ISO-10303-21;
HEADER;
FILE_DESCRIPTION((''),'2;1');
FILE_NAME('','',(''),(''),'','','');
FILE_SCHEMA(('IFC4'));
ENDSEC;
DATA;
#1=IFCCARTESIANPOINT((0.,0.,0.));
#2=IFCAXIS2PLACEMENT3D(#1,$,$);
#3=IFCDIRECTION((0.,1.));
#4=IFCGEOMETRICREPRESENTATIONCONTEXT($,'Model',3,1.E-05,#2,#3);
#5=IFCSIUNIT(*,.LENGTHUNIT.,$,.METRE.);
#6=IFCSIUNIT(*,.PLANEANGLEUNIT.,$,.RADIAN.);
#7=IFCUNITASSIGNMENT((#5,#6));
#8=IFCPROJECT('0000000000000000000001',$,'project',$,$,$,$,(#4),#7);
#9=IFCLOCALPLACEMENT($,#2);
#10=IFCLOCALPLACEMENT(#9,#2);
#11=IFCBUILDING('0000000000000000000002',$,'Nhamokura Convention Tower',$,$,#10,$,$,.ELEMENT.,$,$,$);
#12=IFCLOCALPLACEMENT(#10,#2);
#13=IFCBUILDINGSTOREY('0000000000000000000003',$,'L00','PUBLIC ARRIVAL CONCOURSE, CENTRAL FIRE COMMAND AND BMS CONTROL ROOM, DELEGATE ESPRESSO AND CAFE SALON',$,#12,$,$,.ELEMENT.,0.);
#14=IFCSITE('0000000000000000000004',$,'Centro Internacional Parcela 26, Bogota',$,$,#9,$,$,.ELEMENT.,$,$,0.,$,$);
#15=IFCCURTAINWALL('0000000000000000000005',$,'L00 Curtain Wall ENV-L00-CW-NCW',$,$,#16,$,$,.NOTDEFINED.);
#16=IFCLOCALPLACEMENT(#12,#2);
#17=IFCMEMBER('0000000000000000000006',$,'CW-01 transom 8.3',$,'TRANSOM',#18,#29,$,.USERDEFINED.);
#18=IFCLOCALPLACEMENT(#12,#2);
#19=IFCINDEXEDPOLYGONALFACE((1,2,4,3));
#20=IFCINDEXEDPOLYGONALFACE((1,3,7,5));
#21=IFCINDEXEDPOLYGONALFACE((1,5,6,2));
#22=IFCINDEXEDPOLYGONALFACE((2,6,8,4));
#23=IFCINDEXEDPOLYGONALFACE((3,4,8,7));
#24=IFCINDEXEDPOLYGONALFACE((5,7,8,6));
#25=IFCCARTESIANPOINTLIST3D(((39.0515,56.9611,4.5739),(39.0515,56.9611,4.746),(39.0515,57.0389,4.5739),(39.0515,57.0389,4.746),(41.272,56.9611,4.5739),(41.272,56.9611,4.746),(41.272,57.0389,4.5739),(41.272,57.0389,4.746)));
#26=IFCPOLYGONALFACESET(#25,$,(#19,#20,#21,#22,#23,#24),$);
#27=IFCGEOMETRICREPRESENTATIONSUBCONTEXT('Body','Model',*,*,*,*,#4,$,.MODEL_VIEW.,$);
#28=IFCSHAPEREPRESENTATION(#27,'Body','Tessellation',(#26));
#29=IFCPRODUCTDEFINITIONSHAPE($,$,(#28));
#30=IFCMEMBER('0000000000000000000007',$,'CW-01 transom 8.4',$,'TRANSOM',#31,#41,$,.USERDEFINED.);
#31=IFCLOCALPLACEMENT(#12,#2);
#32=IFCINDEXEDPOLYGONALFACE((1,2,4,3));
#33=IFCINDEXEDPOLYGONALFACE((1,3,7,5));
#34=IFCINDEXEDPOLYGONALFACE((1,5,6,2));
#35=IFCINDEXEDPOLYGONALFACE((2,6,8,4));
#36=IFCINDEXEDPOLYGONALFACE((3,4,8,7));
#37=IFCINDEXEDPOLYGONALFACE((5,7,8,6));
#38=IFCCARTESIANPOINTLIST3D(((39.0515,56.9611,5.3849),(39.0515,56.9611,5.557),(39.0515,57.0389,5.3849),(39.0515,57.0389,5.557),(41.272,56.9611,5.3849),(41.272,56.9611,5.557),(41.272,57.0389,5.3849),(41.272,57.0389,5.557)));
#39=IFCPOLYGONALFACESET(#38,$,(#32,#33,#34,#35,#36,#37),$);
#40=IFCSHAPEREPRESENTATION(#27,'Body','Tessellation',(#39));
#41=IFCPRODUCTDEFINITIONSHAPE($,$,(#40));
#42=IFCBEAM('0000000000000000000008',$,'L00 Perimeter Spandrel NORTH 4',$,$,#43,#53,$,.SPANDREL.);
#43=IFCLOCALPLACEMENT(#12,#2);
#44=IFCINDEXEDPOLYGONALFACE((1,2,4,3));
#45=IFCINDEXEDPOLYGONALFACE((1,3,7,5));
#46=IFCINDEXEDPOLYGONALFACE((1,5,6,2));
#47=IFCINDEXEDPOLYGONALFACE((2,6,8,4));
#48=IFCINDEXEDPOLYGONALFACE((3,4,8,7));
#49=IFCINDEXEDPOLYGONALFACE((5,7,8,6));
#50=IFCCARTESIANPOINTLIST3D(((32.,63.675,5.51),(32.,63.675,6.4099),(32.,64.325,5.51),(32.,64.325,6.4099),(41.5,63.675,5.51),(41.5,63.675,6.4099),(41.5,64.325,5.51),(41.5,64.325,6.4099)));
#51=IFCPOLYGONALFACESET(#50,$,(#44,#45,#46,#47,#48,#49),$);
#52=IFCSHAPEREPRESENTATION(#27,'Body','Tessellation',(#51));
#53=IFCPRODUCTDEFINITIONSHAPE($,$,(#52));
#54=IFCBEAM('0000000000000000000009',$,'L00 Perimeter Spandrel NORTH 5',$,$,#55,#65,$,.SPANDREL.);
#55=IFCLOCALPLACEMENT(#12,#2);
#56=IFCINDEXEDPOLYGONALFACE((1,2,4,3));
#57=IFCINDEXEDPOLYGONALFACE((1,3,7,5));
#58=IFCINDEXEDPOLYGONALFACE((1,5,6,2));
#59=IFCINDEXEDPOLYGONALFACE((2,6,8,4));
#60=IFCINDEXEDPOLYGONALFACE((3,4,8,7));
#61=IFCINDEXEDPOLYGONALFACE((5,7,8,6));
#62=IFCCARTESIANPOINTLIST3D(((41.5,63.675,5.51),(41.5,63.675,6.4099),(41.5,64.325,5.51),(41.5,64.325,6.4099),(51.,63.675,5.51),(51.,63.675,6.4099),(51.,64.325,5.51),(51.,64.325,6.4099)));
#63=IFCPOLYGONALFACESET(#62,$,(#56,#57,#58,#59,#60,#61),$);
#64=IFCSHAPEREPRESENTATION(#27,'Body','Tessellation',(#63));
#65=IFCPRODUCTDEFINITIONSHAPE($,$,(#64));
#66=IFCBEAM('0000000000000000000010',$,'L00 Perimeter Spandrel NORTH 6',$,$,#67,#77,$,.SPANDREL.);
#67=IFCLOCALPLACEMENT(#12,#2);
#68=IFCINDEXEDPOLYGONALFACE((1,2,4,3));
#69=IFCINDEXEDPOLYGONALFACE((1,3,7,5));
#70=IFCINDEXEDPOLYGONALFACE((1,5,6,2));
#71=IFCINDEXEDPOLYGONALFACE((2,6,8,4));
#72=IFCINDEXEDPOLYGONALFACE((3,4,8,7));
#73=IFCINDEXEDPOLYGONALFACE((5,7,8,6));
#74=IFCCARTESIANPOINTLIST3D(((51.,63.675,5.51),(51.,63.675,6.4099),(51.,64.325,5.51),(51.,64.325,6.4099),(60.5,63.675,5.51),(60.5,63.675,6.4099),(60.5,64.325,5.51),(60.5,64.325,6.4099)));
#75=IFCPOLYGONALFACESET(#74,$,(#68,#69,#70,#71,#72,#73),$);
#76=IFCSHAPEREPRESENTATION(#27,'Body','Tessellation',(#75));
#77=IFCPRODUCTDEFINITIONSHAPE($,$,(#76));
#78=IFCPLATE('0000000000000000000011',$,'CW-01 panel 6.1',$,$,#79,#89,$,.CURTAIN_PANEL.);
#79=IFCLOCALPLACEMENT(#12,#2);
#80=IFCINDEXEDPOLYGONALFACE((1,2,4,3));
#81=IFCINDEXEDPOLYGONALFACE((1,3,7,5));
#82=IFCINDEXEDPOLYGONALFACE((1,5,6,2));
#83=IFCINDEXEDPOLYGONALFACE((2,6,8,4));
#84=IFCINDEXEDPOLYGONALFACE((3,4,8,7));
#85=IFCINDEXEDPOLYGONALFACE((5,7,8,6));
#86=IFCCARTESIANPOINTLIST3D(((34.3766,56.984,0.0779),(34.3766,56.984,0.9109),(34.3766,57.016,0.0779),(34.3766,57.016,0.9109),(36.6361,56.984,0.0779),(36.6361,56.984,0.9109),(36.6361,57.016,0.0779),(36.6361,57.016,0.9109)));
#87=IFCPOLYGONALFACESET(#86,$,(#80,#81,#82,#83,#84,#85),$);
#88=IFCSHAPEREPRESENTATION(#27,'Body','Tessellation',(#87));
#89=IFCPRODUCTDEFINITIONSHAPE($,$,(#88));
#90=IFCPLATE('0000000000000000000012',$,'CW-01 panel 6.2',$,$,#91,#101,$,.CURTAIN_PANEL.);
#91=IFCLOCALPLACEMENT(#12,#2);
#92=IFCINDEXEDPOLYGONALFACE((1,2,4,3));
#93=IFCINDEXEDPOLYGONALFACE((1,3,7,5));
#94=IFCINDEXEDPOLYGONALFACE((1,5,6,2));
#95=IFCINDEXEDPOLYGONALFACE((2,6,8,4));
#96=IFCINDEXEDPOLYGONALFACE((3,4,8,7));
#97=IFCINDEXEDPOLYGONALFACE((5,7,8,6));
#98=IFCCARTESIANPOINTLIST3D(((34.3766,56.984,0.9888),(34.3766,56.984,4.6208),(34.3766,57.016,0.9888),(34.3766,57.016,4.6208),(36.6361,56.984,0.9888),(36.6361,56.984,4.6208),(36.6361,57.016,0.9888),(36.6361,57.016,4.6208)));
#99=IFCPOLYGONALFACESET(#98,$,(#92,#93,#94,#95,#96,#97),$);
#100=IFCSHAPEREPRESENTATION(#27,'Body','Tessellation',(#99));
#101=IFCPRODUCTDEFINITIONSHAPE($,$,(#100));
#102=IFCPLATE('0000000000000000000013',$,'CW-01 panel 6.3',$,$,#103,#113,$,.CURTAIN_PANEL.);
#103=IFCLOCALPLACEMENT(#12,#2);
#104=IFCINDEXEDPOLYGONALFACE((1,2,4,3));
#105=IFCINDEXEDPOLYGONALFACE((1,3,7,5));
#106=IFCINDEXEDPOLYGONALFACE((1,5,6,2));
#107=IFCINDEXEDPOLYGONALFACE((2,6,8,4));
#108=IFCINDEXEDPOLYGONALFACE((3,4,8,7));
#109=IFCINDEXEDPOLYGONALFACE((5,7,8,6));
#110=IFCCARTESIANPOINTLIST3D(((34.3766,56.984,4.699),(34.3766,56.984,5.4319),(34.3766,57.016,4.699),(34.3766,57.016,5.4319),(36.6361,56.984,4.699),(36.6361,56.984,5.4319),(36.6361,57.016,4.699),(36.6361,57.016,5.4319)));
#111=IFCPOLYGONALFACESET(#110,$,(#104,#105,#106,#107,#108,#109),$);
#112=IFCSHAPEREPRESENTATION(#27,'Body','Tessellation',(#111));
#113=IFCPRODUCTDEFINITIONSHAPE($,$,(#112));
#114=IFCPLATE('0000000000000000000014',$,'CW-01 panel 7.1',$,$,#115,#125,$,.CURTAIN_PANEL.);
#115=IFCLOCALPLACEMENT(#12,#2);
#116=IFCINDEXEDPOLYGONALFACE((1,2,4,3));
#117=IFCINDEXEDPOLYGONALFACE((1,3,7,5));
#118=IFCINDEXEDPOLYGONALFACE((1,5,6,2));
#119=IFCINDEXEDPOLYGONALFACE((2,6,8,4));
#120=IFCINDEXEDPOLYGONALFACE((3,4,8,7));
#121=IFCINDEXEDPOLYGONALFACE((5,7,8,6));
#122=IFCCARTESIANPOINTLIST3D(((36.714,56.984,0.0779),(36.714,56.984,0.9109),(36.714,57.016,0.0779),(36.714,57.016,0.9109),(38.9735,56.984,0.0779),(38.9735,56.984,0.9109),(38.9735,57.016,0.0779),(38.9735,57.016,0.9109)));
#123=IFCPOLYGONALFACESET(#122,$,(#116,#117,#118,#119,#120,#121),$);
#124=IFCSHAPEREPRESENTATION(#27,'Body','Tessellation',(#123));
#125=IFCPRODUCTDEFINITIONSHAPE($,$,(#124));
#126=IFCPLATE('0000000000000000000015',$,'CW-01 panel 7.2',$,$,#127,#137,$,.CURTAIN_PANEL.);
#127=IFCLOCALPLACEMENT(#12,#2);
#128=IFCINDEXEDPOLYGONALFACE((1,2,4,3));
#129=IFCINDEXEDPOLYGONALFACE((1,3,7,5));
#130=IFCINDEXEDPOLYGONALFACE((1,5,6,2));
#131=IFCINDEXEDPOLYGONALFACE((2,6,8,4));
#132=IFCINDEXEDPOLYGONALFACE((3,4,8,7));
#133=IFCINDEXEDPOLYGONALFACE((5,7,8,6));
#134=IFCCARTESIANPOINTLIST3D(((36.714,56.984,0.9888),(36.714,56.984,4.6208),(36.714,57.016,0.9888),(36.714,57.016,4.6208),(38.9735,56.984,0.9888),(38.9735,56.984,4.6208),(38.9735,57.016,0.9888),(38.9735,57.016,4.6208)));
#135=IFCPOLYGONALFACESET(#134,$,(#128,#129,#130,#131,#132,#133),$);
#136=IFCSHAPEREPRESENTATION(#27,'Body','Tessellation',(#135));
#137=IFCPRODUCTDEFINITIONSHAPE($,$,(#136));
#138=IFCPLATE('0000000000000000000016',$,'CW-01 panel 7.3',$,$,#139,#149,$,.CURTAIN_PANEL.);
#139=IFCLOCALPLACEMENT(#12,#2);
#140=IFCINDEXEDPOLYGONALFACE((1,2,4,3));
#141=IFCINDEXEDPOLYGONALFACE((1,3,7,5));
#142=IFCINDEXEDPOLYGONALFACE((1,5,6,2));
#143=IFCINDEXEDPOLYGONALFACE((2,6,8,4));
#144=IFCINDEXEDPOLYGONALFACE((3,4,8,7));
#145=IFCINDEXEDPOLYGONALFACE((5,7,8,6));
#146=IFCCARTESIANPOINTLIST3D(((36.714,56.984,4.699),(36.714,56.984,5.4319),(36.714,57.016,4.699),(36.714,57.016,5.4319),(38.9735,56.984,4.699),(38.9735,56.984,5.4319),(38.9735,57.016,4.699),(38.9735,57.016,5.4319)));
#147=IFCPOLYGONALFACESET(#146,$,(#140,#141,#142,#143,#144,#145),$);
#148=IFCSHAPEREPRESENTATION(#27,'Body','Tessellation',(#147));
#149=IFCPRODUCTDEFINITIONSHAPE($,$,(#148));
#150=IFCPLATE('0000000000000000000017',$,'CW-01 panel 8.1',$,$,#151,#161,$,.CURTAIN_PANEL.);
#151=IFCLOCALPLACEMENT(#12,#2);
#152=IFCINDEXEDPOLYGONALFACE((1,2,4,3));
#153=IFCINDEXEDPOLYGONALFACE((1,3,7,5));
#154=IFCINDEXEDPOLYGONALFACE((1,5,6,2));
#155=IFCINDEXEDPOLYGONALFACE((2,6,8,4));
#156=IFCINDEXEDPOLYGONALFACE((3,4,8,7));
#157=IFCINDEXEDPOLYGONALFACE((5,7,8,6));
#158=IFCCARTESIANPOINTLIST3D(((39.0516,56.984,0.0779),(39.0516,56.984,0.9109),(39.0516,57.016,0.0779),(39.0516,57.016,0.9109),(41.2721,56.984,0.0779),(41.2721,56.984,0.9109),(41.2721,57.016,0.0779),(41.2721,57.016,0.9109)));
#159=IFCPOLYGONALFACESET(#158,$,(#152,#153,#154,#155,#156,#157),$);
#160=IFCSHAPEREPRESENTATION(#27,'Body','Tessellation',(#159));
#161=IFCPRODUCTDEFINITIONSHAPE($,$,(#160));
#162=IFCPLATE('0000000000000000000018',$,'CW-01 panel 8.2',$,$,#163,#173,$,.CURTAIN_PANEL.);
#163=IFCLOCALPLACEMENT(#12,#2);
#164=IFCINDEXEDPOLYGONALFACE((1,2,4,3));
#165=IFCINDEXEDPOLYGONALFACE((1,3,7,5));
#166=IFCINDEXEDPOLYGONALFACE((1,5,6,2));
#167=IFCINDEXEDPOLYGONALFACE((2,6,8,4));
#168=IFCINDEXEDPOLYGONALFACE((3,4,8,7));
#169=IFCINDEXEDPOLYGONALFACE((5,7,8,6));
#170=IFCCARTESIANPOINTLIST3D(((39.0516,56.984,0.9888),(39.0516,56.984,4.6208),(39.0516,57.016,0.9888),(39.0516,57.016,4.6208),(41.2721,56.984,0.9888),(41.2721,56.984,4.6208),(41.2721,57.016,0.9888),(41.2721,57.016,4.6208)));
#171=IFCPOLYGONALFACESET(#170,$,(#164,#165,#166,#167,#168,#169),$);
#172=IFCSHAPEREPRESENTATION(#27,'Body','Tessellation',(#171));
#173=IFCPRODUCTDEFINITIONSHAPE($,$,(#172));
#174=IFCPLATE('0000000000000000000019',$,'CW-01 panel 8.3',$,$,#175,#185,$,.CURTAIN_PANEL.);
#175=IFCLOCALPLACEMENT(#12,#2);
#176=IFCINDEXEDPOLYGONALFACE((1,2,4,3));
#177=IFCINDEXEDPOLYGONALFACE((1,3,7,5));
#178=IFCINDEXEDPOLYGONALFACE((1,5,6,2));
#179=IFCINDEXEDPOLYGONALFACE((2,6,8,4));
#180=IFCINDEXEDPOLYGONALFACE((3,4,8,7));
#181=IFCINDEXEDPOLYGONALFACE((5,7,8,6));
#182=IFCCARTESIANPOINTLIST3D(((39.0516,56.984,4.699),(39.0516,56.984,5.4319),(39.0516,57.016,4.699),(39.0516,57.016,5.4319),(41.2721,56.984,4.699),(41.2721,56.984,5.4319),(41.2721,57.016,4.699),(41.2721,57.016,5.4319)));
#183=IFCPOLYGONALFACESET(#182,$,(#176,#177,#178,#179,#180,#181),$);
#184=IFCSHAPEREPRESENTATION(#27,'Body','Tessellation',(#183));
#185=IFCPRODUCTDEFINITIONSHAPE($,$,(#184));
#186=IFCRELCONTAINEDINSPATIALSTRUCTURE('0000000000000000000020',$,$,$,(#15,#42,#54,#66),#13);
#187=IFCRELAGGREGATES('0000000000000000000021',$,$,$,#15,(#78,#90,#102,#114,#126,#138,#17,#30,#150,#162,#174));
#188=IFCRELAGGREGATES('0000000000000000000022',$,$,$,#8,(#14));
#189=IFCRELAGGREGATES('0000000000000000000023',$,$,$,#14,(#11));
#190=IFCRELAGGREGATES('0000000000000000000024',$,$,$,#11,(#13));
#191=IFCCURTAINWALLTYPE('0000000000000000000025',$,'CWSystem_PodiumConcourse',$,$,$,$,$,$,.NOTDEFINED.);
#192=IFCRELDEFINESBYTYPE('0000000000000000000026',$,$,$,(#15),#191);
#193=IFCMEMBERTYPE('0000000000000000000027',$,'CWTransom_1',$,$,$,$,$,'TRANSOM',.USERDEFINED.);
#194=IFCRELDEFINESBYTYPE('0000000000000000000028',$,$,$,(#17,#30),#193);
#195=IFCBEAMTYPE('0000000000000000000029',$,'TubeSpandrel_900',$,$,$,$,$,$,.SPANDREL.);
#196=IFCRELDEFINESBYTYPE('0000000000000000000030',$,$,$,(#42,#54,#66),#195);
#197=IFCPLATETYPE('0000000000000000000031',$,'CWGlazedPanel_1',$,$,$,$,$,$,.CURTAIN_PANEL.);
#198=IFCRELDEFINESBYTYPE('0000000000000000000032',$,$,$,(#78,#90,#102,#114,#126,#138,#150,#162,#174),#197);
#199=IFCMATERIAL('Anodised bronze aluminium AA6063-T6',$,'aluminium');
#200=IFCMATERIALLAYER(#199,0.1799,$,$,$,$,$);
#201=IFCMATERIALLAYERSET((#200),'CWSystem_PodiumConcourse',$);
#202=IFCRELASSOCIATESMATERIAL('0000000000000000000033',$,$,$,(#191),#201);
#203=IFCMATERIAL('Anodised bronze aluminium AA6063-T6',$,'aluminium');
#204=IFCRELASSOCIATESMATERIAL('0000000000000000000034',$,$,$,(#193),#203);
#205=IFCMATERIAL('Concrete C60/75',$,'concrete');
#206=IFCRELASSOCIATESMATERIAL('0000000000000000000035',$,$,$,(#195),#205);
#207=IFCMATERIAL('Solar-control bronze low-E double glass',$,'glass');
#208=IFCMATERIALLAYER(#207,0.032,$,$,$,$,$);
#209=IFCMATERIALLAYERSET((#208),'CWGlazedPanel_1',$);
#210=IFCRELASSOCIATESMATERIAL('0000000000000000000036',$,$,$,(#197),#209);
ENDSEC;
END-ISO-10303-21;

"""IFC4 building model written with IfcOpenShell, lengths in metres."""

from ifc_helpers import new_model, si_unit, direction, frame, origin, origin_2d, place, context, subcontext, project, spatial, rectangle, extrude, material, layer, layer_set, material_profile, profile_set, type_object, element, aggregate, save


model = new_model("IFC4")

# Units and contexts
model_context = context("Model", 3, precision=1e-05, world=origin(), true_north=direction((0.0, 1.0)))
body_context = subcontext(model_context, "Body", "Model", "MODEL_VIEW")
ifc_project = project(units=[si_unit("LENGTHUNIT", "METRE"), si_unit("PLANEANGLEUNIT", "RADIAN")], contexts=[model_context])

# Site, building, storey
site_placement = place(None, origin())
site = spatial("IfcSite", under=ifc_project, at=site_placement, Name="Centro Internacional Parcela 26, Bogota", CompositionType="ELEMENT", RefElevation=0.0)
building_placement = place(site_placement, origin())
building = spatial("IfcBuilding", under=site, at=building_placement, Name="Nhamokura Convention Tower", CompositionType="ELEMENT")
storey_placement = place(building_placement, origin())
storey = spatial("IfcBuildingStorey", under=building, at=storey_placement, Name="L00", Description="PUBLIC ARRIVAL CONCOURSE, CENTRAL FIRE COMMAND AND BMS CONTROL ROOM, DELEGATE ESPRESSO AND CAFE SALON", CompositionType="ELEMENT", Elevation=0.0)

# Curtain wall, members
ifc_material_1 = material(Name="Anodised bronze aluminium AA6063-T6", Category="aluminium")
ifc_layer_1 = layer(ifc_material_1, 0.1799)
ifc_layer_set_1 = layer_set([ifc_layer_1], Name="CWSystem_PodiumConcourse")
curtain_wall_type = type_object("IfcCurtainWallType", Name="CWSystem_PodiumConcourse", PredefinedType="NOTDEFINED", material=ifc_layer_set_1)
curtain_wall_placement = place(storey_placement, origin())
curtain_wall = element("IfcCurtainWall", 1, at=curtain_wall_placement, inside=storey, type_object=curtain_wall_type, Name="L00 Curtain Wall ENV-L00-CW-NCW", PredefinedType="NOTDEFINED")
ifc_material_2 = material(Name="Anodised bronze aluminium AA6063-T6", Category="aluminium")
ifc_material_profile_1 = material_profile(ifc_material_2, rectangle(XDim=0.0779, YDim=0.1721, at=origin_2d()))
ifc_profile_set_1 = profile_set([ifc_material_profile_1], Name="Anodised bronze aluminium AA6063-T6")
member_type_1 = type_object("IfcMemberType", Name="CWTransom_1", ElementType="TRANSOM", PredefinedType="USERDEFINED", material=ifc_profile_set_1)
member_1_placement = place(storey_placement, frame((39.0515, 57.0, 4.6599), z_axis=(1.0, 0.0, 0.0), x_axis=(0.0, 1.0, 0.0)))
member_1 = element("IfcMember", 2, at=member_1_placement, type_object=member_type_1, Name="CW-01 transom 8.3", ObjectType="TRANSOM", PredefinedType="USERDEFINED", context=body_context, shape_type="SweptSolid", body=[
    extrude(rectangle(XDim=0.0779, YDim=0.1721, at=origin_2d()), origin(), (0.0, 0.0, 1.0), 2.2205),
])
member_2_placement = place(storey_placement, frame((39.0515, 57.0, 5.4709), z_axis=(1.0, 0.0, 0.0), x_axis=(0.0, 1.0, 0.0)))
member_2 = element("IfcMember", 3, at=member_2_placement, type_object=member_type_1, Name="CW-01 transom 8.4", ObjectType="TRANSOM", PredefinedType="USERDEFINED", context=body_context, shape_type="SweptSolid", body=[
    extrude(rectangle(XDim=0.0779, YDim=0.1721, at=origin_2d()), origin(), (0.0, 0.0, 1.0), 2.2205),
])

# Beams
ifc_material_3 = material(Name="Concrete C60/75", Category="concrete")
ifc_material_profile_2 = material_profile(ifc_material_3, rectangle(XDim=0.6499, YDim=0.8999, at=origin_2d()))
ifc_profile_set_2 = profile_set([ifc_material_profile_2], Name="Concrete C60/75")
beam_type = type_object("IfcBeamType", Name="TubeSpandrel_900", PredefinedType="SPANDREL", material=ifc_profile_set_2)
for number, where, z_axis, x_axis, name in (
    (4, (32.0, 64.0, 5.96), (1.0, 0.0, 0.0), (0.0, 1.0, 0.0), "L00 Perimeter Spandrel NORTH 4"),
    (5, (41.5, 64.0, 5.96), (1.0, 0.0, 0.0), (0.0, 1.0, 0.0), "L00 Perimeter Spandrel NORTH 5"),
    (6, (51.0, 64.0, 5.96), (1.0, 0.0, 0.0), (0.0, 1.0, 0.0), "L00 Perimeter Spandrel NORTH 6"),
):
    element("IfcBeam", number, at=place(storey_placement, frame(where, z_axis=z_axis, x_axis=x_axis)), inside=storey, type_object=beam_type, Name=name, PredefinedType="SPANDREL", context=body_context, shape_type="SweptSolid", body=[
        extrude(rectangle(XDim=0.6499, YDim=0.8999, at=origin_2d()), origin(), (0.0, 0.0, 1.0), 9.5),
    ])

# Plates
ifc_material_4 = material(Name="Solar-control bronze low-E double glass", Category="glass")
ifc_layer_2 = layer(ifc_material_4, 0.032)
ifc_layer_set_2 = layer_set([ifc_layer_2], Name="CWGlazedPanel_1")
plate_type = type_object("IfcPlateType", Name="CWGlazedPanel_1", PredefinedType="CURTAIN_PANEL", material=ifc_layer_set_2)
plate_1_placement = place(storey_placement, frame((35.5063, 57.0, 0.0779), z_axis=(0.0, 0.0, 1.0), x_axis=(1.0, 0.0, 0.0)))
plate_1 = element("IfcPlate", 7, at=plate_1_placement, type_object=plate_type, Name="CW-01 panel 6.1", PredefinedType="CURTAIN_PANEL", context=body_context, shape_type="SweptSolid", body=[
    extrude(rectangle(XDim=2.2595, YDim=0.032, at=origin_2d()), origin(), (0.0, 0.0, 1.0), 0.833),
])
plate_2_placement = place(storey_placement, frame((35.5063, 57.0, 0.9888), z_axis=(0.0, 0.0, 1.0), x_axis=(1.0, 0.0, 0.0)))
plate_2 = element("IfcPlate", 8, at=plate_2_placement, type_object=plate_type, Name="CW-01 panel 6.2", PredefinedType="CURTAIN_PANEL", context=body_context, shape_type="SweptSolid", body=[
    extrude(rectangle(XDim=2.2595, YDim=0.032, at=origin_2d()), origin(), (0.0, 0.0, 1.0), 3.6321),
])
plate_3_placement = place(storey_placement, frame((35.5063, 57.0, 4.699), z_axis=(0.0, 0.0, 1.0), x_axis=(1.0, 0.0, 0.0)))
plate_3 = element("IfcPlate", 9, at=plate_3_placement, type_object=plate_type, Name="CW-01 panel 6.3", PredefinedType="CURTAIN_PANEL", context=body_context, shape_type="SweptSolid", body=[
    extrude(rectangle(XDim=2.2595, YDim=0.032, at=origin_2d()), origin(), (0.0, 0.0, 1.0), 0.7329),
])
plate_4_placement = place(storey_placement, frame((37.8438, 57.0, 0.0779), z_axis=(0.0, 0.0, 1.0), x_axis=(1.0, 0.0, 0.0)))
plate_4 = element("IfcPlate", 10, at=plate_4_placement, type_object=plate_type, Name="CW-01 panel 7.1", PredefinedType="CURTAIN_PANEL", context=body_context, shape_type="SweptSolid", body=[
    extrude(rectangle(XDim=2.2595, YDim=0.032, at=origin_2d()), origin(), (0.0, 0.0, 1.0), 0.833),
])
plate_5_placement = place(storey_placement, frame((37.8438, 57.0, 0.9888), z_axis=(0.0, 0.0, 1.0), x_axis=(1.0, 0.0, 0.0)))
plate_5 = element("IfcPlate", 11, at=plate_5_placement, type_object=plate_type, Name="CW-01 panel 7.2", PredefinedType="CURTAIN_PANEL", context=body_context, shape_type="SweptSolid", body=[
    extrude(rectangle(XDim=2.2595, YDim=0.032, at=origin_2d()), origin(), (0.0, 0.0, 1.0), 3.6321),
])
plate_6_placement = place(storey_placement, frame((37.8438, 57.0, 4.699), z_axis=(0.0, 0.0, 1.0), x_axis=(1.0, 0.0, 0.0)))
plate_6 = element("IfcPlate", 12, at=plate_6_placement, type_object=plate_type, Name="CW-01 panel 7.3", PredefinedType="CURTAIN_PANEL", context=body_context, shape_type="SweptSolid", body=[
    extrude(rectangle(XDim=2.2595, YDim=0.032, at=origin_2d()), origin(), (0.0, 0.0, 1.0), 0.7329),
])
plate_7_placement = place(storey_placement, frame((40.1619, 57.0, 0.0779), z_axis=(0.0, 0.0, 1.0), x_axis=(1.0, 0.0, 0.0)))
plate_7 = element("IfcPlate", 13, at=plate_7_placement, type_object=plate_type, Name="CW-01 panel 8.1", PredefinedType="CURTAIN_PANEL", context=body_context, shape_type="SweptSolid", body=[
    extrude(rectangle(XDim=2.2205, YDim=0.032, at=origin_2d()), origin(), (0.0, 0.0, 1.0), 0.833),
])
plate_8_placement = place(storey_placement, frame((40.1619, 57.0, 0.9888), z_axis=(0.0, 0.0, 1.0), x_axis=(1.0, 0.0, 0.0)))
plate_8 = element("IfcPlate", 14, at=plate_8_placement, type_object=plate_type, Name="CW-01 panel 8.2", PredefinedType="CURTAIN_PANEL", context=body_context, shape_type="SweptSolid", body=[
    extrude(rectangle(XDim=2.2205, YDim=0.032, at=origin_2d()), origin(), (0.0, 0.0, 1.0), 3.6321),
])
plate_9_placement = place(storey_placement, frame((40.1619, 57.0, 4.699), z_axis=(0.0, 0.0, 1.0), x_axis=(1.0, 0.0, 0.0)))
plate_9 = element("IfcPlate", 15, at=plate_9_placement, type_object=plate_type, Name="CW-01 panel 8.3", PredefinedType="CURTAIN_PANEL", context=body_context, shape_type="SweptSolid", body=[
    extrude(rectangle(XDim=2.2205, YDim=0.032, at=origin_2d()), origin(), (0.0, 0.0, 1.0), 0.7329),
])
aggregate(curtain_wall, [plate_1, plate_2, plate_3, plate_4, plate_5, plate_6, member_1, member_2, plate_7, plate_8, plate_9])

save(model, "model.ifc")
